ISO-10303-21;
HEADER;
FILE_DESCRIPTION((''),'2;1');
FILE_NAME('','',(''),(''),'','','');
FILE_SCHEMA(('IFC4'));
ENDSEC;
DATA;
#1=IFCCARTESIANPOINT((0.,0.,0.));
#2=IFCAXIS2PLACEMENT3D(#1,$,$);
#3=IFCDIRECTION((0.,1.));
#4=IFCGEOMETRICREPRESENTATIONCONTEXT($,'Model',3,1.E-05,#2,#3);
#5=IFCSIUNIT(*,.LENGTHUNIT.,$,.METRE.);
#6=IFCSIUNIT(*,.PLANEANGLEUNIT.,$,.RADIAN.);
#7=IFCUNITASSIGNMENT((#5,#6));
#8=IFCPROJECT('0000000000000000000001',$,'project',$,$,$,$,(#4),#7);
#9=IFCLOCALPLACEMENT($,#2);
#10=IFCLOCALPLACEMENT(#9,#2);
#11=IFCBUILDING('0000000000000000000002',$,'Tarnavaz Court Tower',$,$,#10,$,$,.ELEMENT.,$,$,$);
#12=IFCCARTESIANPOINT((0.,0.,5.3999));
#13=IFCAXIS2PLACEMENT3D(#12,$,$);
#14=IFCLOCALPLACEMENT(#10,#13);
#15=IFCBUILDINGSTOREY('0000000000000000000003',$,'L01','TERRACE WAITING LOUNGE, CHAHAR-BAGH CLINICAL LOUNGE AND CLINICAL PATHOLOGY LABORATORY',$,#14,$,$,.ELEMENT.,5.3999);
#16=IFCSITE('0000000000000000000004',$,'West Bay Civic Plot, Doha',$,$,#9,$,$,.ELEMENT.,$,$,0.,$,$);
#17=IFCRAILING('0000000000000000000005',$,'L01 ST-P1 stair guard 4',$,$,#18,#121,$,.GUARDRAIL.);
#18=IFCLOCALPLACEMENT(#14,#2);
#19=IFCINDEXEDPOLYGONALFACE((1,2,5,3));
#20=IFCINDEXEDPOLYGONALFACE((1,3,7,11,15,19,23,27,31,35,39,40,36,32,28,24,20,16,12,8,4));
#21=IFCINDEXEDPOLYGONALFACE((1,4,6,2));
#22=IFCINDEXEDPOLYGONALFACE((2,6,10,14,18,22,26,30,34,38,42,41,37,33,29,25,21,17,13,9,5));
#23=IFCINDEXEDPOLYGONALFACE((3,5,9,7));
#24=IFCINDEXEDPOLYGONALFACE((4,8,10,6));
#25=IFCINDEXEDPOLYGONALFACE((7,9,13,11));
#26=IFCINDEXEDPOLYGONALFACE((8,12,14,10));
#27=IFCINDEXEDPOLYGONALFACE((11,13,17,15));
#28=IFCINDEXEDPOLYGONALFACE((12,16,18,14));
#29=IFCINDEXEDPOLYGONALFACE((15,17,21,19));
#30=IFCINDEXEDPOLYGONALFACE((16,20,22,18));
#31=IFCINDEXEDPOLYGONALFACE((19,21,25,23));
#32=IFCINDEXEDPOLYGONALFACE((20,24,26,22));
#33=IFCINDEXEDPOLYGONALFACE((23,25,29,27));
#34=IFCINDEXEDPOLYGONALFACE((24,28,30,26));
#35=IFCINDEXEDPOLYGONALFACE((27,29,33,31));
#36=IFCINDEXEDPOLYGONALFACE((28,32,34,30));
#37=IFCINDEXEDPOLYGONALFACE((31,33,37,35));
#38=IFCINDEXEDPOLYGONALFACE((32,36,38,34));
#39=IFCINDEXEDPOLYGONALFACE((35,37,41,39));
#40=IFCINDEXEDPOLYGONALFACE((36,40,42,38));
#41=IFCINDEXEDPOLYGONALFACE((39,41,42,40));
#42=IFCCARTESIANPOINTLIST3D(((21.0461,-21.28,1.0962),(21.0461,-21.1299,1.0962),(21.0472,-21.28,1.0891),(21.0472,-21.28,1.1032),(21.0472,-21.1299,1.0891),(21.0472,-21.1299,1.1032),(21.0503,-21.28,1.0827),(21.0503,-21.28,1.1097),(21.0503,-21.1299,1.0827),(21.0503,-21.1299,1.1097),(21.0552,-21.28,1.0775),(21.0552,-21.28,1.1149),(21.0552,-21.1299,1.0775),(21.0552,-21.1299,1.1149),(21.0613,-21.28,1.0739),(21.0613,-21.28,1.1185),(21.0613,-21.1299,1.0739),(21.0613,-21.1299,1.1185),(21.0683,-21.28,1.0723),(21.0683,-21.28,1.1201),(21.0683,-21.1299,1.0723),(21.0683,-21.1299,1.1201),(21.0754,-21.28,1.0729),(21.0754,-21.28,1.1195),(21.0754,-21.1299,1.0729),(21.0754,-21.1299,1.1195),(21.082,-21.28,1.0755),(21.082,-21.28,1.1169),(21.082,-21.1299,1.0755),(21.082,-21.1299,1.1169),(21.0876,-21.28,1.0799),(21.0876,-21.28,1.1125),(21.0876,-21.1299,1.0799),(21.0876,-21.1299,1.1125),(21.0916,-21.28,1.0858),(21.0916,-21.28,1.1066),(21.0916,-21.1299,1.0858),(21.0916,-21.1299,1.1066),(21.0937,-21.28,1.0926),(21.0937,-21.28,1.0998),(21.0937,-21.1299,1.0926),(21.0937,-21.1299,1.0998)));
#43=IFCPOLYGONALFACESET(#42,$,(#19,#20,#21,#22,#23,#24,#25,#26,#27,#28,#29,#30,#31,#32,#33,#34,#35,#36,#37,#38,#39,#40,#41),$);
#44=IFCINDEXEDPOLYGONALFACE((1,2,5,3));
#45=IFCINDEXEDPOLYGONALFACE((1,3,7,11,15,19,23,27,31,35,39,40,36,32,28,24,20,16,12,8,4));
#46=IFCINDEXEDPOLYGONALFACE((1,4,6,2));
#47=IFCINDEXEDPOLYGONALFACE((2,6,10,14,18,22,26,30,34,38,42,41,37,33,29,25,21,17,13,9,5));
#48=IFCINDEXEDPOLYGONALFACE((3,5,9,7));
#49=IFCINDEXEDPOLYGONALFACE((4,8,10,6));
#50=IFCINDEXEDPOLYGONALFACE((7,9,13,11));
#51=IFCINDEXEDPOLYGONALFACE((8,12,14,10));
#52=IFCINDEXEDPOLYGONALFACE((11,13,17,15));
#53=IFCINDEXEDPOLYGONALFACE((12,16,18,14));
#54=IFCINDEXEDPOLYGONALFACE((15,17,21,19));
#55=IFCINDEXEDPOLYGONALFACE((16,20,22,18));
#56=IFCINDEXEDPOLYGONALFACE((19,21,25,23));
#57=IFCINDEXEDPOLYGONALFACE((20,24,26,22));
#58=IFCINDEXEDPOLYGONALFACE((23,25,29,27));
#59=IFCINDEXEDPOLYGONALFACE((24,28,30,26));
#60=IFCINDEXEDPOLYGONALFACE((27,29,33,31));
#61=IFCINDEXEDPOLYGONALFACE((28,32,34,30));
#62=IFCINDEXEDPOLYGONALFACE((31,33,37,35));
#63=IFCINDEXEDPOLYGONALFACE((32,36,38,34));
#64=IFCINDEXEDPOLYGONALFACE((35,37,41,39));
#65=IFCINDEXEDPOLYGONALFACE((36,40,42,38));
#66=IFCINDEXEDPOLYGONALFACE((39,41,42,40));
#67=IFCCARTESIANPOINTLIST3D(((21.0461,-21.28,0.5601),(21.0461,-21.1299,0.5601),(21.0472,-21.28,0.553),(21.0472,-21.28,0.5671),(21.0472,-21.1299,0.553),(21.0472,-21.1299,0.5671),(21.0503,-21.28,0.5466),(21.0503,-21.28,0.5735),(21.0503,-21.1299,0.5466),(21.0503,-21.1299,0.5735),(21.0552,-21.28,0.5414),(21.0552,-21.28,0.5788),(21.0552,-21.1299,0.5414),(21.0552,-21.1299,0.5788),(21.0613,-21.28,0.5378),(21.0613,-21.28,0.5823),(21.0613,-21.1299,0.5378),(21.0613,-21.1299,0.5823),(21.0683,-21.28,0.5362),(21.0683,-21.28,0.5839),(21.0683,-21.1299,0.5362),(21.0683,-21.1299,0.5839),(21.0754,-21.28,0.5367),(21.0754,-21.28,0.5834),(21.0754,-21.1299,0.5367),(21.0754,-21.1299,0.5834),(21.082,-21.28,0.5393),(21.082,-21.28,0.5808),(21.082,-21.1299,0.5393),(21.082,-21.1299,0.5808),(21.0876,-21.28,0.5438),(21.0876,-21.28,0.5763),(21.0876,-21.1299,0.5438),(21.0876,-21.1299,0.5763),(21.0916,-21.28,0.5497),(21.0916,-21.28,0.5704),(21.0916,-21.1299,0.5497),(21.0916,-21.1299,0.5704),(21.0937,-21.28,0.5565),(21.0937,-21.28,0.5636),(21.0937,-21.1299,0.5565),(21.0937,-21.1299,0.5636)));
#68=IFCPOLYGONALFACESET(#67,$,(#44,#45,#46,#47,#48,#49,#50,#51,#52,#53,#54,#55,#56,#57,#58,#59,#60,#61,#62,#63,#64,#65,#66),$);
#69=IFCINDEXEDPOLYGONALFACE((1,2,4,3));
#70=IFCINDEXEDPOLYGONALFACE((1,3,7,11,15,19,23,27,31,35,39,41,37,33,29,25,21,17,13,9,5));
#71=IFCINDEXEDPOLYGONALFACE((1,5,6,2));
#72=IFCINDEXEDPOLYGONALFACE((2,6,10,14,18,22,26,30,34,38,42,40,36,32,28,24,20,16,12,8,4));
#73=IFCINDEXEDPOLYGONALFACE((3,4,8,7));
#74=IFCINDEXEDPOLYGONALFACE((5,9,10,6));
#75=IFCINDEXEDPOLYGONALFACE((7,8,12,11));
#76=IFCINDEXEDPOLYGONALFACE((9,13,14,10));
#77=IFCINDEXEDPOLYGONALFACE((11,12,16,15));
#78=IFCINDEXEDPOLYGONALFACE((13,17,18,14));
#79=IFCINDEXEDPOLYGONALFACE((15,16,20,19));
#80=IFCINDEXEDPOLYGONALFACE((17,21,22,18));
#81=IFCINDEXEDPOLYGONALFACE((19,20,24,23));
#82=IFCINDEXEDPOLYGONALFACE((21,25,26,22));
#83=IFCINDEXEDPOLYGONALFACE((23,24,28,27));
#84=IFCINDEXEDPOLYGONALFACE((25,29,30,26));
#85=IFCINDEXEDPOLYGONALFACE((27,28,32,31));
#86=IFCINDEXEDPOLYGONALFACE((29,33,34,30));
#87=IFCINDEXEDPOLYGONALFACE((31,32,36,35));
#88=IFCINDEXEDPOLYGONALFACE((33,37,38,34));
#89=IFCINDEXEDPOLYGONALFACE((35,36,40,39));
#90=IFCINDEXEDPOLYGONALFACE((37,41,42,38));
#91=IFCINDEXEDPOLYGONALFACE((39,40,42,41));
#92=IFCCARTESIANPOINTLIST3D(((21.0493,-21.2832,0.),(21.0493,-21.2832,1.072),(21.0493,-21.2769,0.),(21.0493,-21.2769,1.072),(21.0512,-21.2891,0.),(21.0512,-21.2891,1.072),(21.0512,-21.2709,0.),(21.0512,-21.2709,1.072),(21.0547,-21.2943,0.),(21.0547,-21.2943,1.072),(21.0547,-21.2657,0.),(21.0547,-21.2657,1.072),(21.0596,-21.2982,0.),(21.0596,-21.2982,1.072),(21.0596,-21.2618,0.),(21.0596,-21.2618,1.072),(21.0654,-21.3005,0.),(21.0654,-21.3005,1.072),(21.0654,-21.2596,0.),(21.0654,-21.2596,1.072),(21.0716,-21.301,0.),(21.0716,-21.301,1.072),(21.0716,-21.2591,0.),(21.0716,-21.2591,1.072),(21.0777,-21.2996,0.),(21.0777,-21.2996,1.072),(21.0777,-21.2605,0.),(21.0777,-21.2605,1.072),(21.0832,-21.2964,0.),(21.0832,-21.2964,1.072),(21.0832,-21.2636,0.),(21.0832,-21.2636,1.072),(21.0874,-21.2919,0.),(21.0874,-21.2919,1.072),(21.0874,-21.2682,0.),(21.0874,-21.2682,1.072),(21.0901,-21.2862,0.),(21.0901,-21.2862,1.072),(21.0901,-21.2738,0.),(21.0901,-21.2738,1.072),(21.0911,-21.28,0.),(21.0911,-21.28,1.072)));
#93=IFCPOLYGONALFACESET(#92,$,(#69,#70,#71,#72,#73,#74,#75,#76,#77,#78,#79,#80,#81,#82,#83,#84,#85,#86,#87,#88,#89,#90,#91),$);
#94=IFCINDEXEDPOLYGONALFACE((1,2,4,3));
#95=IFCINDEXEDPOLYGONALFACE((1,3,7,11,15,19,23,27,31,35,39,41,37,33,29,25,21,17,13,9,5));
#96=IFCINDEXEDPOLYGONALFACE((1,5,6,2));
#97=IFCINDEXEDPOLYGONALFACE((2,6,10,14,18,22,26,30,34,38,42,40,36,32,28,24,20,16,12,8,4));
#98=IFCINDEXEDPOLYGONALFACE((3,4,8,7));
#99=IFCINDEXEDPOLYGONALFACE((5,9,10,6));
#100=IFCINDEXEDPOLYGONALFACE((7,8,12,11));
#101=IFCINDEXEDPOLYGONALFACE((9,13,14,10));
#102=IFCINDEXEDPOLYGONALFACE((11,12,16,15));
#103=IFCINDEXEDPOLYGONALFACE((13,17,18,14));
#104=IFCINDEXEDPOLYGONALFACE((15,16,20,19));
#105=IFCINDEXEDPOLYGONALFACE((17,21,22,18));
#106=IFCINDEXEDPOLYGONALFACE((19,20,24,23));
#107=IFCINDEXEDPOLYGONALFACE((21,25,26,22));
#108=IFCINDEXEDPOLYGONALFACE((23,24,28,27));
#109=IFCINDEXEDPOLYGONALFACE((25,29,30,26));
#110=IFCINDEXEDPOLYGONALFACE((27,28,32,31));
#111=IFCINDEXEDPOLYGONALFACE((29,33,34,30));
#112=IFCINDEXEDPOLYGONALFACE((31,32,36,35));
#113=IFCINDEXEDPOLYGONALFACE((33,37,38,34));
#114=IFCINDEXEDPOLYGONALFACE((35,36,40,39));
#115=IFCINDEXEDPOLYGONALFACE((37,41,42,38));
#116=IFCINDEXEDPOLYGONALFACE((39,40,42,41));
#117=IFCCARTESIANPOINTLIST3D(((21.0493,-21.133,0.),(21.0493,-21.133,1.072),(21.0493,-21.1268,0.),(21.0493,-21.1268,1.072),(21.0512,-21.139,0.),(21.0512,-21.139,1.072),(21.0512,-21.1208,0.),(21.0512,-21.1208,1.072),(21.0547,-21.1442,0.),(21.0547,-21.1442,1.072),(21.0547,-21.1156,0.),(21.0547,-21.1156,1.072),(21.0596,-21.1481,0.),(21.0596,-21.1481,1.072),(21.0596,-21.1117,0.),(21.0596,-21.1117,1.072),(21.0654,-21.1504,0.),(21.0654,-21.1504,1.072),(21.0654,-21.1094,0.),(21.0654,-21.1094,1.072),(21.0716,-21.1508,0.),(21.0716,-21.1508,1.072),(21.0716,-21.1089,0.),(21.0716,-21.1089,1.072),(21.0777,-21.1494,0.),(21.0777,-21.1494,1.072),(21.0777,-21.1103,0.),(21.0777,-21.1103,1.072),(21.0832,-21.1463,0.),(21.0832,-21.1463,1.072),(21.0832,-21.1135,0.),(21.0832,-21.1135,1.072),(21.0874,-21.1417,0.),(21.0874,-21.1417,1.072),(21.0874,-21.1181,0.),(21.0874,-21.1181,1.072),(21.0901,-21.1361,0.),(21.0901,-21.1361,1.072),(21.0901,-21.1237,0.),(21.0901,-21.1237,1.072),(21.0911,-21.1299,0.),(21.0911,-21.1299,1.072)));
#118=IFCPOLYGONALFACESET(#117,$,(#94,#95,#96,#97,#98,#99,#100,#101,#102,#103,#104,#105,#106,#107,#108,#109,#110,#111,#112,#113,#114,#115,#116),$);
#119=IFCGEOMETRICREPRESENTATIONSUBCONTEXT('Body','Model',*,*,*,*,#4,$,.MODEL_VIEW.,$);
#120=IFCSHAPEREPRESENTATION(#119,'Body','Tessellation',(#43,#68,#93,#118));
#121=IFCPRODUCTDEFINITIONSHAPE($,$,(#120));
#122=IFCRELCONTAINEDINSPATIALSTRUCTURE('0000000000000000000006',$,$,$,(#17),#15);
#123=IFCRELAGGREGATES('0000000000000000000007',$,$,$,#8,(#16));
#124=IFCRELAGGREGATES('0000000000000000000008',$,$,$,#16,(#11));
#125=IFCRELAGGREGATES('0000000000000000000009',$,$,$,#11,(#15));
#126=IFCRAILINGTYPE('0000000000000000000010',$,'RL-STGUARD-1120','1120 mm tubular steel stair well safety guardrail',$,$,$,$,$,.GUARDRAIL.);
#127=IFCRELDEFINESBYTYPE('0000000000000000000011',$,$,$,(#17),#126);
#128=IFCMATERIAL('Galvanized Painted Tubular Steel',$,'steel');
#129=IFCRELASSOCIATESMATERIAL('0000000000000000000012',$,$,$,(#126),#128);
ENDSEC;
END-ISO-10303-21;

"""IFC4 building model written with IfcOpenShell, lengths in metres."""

from ifc_helpers import new_model, si_unit, direction, frame, origin, origin_2d, place, context, subcontext, project, spatial, circle, extrude, material, type_object, element, save


model = new_model("IFC4")

# Units and contexts
model_context = context("Model", 3, precision=1e-05, world=origin(), true_north=direction((0.0, 1.0)))
body_context = subcontext(model_context, "Body", "Model", "MODEL_VIEW")
ifc_project = project(units=[si_unit("LENGTHUNIT", "METRE"), si_unit("PLANEANGLEUNIT", "RADIAN")], contexts=[model_context])

# Site, building, storey
site_placement = place(None, origin())
site = spatial("IfcSite", under=ifc_project, at=site_placement, Name="West Bay Civic Plot, Doha", CompositionType="ELEMENT", RefElevation=0.0)
building_placement = place(site_placement, origin())
building = spatial("IfcBuilding", under=site, at=building_placement, Name="Tarnavaz Court Tower", CompositionType="ELEMENT")
storey_placement = place(building_placement, frame((0.0, 0.0, 5.3999)))
storey = spatial("IfcBuildingStorey", under=building, at=storey_placement, Name="L01", Description="TERRACE WAITING LOUNGE, CHAHAR-BAGH CLINICAL LOUNGE AND CLINICAL PATHOLOGY LABORATORY", CompositionType="ELEMENT", Elevation=5.3999)

# Railing
ifc_material_1 = material(Name="Galvanized Painted Tubular Steel", Category="steel")
railing_type_1 = type_object("IfcRailingType", Name="RL-STGUARD-1120", Description="1120 mm tubular steel stair well safety guardrail", PredefinedType="GUARDRAIL", material=ifc_material_1)
railing_1_placement = place(storey_placement, frame((21.0701, -21.28, 0.0)))
element("IfcRailing", 1, at=railing_1_placement, inside=storey, type_object=railing_type_1, Name="L01 ST-P1 stair guard 4", PredefinedType="GUARDRAIL", context=body_context, shape_type="SweptSolid", body=[
    extrude(circle(Radius=0.0239, at=origin_2d()), frame((0.0, 0.0, 1.0962), z_axis=(0.0, 1.0, 0.0), x_axis=(-1.0, 0.0, 0.0)), (0.0, 0.0, 1.0), 0.1501),
    extrude(circle(Radius=0.0239, at=origin_2d()), frame((0.0, 0.0, 0.5601), z_axis=(0.0, 1.0, 0.0), x_axis=(-1.0, 0.0, 0.0)), (0.0, 0.0, 1.0), 0.1501),
    extrude(circle(Radius=0.021, at=origin_2d()), origin(), (0.0, 0.0, 1.0), 1.072),
    extrude(circle(Radius=0.021, at=origin_2d()), frame((0.0, 0.1501, 0.0)), (0.0, 0.0, 1.0), 1.072),
])

save(model, "model.ifc")
